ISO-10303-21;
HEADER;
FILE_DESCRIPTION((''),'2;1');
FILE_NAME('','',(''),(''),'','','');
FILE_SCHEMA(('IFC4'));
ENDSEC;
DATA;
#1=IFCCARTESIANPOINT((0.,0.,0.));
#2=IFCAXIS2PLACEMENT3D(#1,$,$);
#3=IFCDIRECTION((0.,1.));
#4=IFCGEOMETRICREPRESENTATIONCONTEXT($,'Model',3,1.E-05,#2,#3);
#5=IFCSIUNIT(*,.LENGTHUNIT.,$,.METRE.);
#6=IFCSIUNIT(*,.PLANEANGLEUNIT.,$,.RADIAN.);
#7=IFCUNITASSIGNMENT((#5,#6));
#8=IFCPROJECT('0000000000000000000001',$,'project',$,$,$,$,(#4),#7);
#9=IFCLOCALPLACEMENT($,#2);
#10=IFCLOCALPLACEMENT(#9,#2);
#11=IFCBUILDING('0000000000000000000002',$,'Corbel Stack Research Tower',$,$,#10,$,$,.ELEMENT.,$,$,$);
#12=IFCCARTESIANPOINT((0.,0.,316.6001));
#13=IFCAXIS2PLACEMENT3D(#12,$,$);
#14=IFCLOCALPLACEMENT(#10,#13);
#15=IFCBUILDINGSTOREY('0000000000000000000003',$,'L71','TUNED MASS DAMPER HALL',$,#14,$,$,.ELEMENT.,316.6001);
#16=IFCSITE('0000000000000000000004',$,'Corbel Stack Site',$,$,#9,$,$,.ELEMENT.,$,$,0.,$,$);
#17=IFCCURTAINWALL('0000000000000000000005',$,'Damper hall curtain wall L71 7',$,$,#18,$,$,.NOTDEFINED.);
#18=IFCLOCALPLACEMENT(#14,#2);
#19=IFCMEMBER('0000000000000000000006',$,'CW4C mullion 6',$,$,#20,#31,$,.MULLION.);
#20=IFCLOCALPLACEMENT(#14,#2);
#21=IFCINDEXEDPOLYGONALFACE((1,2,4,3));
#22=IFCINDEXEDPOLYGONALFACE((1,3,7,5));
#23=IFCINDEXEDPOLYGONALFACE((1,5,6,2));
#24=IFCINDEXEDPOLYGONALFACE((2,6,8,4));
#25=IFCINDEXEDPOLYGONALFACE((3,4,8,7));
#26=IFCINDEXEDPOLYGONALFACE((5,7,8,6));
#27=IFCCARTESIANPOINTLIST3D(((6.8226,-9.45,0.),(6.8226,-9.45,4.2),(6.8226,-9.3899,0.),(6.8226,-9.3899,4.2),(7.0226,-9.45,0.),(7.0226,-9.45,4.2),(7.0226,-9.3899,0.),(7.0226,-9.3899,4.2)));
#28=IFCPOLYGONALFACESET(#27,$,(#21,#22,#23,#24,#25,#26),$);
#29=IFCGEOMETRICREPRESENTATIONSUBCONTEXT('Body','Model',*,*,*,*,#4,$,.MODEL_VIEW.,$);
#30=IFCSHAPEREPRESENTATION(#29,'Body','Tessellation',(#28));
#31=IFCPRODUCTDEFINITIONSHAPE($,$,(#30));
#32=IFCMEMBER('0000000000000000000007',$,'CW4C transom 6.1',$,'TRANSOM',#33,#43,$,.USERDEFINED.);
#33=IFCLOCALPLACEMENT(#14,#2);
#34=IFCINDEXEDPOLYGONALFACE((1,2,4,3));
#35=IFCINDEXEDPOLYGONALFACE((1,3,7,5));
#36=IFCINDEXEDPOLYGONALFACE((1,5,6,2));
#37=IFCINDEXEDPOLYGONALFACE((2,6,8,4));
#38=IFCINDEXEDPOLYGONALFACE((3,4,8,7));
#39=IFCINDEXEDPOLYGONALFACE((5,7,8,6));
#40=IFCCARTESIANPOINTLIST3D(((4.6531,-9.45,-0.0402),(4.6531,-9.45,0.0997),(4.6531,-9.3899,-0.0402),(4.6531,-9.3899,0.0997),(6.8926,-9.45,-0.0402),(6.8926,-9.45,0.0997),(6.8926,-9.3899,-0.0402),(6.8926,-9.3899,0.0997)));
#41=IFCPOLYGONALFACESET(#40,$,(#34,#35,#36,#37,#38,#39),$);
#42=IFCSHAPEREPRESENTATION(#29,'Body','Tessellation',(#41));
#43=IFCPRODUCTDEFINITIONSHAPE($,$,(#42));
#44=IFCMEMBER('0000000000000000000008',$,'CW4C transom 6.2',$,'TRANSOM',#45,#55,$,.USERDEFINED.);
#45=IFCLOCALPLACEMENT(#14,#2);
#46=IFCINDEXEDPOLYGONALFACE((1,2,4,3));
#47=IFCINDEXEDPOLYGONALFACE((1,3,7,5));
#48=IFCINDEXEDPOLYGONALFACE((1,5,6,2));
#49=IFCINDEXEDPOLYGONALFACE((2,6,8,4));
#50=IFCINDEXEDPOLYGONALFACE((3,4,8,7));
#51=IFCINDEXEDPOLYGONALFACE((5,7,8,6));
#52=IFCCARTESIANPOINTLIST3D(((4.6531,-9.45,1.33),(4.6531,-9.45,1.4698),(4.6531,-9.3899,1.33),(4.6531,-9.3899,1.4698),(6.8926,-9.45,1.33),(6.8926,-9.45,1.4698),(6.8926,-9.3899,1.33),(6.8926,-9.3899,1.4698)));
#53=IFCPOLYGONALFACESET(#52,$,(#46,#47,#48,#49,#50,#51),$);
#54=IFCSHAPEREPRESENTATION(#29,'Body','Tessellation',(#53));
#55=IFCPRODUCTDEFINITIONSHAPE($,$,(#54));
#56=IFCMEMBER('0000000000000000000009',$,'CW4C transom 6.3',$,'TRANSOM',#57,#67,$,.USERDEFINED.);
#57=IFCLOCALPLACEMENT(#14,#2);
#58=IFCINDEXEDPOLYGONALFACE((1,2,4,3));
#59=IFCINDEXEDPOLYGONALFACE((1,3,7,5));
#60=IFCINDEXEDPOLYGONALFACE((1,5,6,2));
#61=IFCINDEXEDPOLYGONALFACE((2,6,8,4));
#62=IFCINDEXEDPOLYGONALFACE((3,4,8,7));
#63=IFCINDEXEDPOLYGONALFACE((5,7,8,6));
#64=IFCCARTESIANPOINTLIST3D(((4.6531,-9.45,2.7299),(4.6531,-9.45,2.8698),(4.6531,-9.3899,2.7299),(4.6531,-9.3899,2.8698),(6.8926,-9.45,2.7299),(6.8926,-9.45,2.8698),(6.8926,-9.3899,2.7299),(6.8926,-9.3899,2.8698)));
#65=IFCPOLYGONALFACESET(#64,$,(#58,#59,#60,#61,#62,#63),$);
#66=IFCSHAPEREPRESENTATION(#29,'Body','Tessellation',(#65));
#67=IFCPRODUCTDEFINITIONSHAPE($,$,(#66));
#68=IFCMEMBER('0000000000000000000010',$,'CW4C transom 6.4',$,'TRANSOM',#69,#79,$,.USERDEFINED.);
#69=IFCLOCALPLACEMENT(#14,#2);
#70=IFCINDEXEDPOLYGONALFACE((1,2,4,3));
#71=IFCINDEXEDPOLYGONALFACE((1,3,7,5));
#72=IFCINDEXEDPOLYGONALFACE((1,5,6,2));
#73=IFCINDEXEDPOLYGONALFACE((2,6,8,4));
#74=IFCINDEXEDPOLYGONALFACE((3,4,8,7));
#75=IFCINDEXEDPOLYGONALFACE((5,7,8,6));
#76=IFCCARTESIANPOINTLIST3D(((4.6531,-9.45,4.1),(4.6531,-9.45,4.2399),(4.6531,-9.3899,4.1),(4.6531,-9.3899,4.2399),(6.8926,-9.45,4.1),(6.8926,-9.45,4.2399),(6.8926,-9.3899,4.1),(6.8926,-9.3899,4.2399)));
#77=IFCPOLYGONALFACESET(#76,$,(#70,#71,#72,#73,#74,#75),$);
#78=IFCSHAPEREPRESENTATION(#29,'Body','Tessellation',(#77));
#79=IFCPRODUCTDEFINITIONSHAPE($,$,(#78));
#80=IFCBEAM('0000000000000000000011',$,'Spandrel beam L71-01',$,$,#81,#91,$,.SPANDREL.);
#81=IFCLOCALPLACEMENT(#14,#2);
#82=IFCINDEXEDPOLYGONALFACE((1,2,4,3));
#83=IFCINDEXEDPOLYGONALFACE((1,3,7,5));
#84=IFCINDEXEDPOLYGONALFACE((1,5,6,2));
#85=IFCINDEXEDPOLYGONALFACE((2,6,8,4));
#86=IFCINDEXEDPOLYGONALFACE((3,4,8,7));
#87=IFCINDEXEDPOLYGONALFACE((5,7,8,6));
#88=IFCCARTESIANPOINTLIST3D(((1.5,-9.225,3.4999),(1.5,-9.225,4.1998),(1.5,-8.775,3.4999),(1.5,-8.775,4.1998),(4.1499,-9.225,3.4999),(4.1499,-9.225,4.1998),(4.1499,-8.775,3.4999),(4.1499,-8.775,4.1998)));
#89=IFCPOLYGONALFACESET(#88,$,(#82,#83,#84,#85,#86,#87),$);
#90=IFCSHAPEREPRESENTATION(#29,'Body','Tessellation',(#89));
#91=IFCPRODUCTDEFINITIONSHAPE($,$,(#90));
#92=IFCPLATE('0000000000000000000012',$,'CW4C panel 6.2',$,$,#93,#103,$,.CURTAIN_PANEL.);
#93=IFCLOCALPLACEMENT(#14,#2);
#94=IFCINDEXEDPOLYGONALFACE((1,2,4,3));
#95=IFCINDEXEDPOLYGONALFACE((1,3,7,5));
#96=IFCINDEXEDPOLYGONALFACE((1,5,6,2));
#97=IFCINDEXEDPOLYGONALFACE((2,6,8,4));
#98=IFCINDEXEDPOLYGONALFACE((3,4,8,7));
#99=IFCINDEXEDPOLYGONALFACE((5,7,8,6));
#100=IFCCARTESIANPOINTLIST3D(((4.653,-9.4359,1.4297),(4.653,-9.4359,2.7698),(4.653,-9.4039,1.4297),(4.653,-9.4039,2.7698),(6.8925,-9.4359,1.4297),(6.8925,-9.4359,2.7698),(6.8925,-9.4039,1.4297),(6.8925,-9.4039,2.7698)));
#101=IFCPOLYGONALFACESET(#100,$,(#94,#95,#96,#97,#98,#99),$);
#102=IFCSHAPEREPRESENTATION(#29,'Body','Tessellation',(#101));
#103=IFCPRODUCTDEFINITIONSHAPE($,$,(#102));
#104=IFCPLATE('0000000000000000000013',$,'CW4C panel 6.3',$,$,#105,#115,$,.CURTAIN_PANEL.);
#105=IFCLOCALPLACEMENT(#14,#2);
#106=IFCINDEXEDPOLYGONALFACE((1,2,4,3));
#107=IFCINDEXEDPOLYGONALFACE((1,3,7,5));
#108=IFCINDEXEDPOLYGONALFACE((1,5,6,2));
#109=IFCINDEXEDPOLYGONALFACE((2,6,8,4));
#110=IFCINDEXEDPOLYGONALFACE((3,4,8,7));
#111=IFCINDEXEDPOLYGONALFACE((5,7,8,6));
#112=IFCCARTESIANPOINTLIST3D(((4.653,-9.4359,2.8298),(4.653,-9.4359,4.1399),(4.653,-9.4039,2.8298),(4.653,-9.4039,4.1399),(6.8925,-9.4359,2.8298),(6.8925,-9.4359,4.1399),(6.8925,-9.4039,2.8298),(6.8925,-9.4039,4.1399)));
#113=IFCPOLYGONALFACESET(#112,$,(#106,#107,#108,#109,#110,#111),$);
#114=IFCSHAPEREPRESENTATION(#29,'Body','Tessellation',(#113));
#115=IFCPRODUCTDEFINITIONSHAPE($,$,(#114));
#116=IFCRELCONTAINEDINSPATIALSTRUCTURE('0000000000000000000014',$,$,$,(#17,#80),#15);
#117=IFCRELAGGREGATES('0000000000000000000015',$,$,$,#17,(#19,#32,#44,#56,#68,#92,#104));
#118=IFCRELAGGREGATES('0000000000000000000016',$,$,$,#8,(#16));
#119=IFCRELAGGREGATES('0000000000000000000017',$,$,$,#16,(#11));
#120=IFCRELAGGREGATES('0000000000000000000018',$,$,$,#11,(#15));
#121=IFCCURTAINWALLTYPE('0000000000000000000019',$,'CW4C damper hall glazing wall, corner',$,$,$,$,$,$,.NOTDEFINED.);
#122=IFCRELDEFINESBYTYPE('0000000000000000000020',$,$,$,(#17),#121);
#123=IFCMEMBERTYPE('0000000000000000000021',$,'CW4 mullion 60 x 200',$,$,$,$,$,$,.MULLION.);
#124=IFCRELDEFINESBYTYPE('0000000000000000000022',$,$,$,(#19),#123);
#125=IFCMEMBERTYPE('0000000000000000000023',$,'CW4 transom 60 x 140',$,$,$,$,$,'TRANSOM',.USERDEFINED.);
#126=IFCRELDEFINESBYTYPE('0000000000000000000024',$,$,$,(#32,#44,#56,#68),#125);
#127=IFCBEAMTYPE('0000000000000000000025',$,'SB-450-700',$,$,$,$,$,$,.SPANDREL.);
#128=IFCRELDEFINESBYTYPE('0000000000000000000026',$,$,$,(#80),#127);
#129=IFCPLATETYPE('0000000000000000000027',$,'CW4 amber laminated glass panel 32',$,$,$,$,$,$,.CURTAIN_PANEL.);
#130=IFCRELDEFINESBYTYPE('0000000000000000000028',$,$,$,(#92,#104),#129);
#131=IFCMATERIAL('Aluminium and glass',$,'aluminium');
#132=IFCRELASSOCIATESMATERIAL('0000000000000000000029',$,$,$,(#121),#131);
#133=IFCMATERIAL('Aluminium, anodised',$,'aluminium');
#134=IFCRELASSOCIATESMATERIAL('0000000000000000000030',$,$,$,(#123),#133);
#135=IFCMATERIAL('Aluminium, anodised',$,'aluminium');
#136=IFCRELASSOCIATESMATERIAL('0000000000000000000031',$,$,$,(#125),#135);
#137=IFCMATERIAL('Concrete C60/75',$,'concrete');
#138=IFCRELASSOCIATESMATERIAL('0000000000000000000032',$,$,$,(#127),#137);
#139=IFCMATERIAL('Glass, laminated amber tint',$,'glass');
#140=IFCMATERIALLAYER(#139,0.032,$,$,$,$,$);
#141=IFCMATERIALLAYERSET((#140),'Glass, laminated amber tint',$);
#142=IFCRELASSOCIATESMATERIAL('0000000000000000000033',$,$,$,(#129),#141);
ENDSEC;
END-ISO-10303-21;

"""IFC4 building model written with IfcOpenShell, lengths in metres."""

from ifc_helpers import new_model, si_unit, direction, frame, origin, origin_2d, place, context, subcontext, project, spatial, rectangle, extrude, material, layer, layer_set, material_profile, profile_set, type_object, element, aggregate, save


model = new_model("IFC4")

# Units and contexts
model_context = context("Model", 3, precision=1e-05, world=origin(), true_north=direction((0.0, 1.0)))
body_context = subcontext(model_context, "Body", "Model", "MODEL_VIEW")
ifc_project = project(units=[si_unit("LENGTHUNIT", "METRE"), si_unit("PLANEANGLEUNIT", "RADIAN")], contexts=[model_context])

# Site, building, storey
site_placement = place(None, origin())
site = spatial("IfcSite", under=ifc_project, at=site_placement, Name="Corbel Stack Site", CompositionType="ELEMENT", RefElevation=0.0)
building_placement = place(site_placement, origin())
building = spatial("IfcBuilding", under=site, at=building_placement, Name="Corbel Stack Research Tower", CompositionType="ELEMENT")
storey_placement = place(building_placement, frame((0.0, 0.0, 316.6001)))
storey = spatial("IfcBuildingStorey", under=building, at=storey_placement, Name="L71", Description="TUNED MASS DAMPER HALL", CompositionType="ELEMENT", Elevation=316.6001)

# Curtain wall, members
ifc_material_1 = material(Name="Aluminium and glass", Category="aluminium")
curtain_wall_type = type_object("IfcCurtainWallType", Name="CW4C damper hall glazing wall, corner", PredefinedType="NOTDEFINED", material=ifc_material_1)
curtain_wall_placement = place(storey_placement, origin())
curtain_wall = element("IfcCurtainWall", 1, at=curtain_wall_placement, inside=storey, type_object=curtain_wall_type, Name="Damper hall curtain wall L71 7", PredefinedType="NOTDEFINED")
ifc_material_2 = material(Name="Aluminium, anodised", Category="aluminium")
ifc_material_profile_1 = material_profile(ifc_material_2, rectangle(XDim=0.0601, YDim=0.2, at=origin_2d()), Name="CW4 mullion 60 x 200")
ifc_profile_set_1 = profile_set([ifc_material_profile_1], Name="Aluminium, anodised")
member_type_1 = type_object("IfcMemberType", Name="CW4 mullion 60 x 200", PredefinedType="MULLION", material=ifc_profile_set_1)
member_1_placement = place(storey_placement, frame((6.9226, -9.4199, 0.0), z_axis=(0.0, 0.0, 1.0), x_axis=(0.0, -1.0, 0.0)))
member_1 = element("IfcMember", 2, at=member_1_placement, type_object=member_type_1, Name="CW4C mullion 6", PredefinedType="MULLION", context=body_context, shape_type="SweptSolid", body=[
    extrude(rectangle(XDim=0.0601, YDim=0.2, at=origin_2d()), origin(), (0.0, 0.0, 1.0), 4.2),
])
ifc_material_3 = material(Name="Aluminium, anodised", Category="aluminium")
ifc_material_profile_2 = material_profile(ifc_material_3, rectangle(XDim=0.0601, YDim=0.1399, at=origin_2d()), Name="CW4 transom 60 x 140")
ifc_profile_set_2 = profile_set([ifc_material_profile_2], Name="Aluminium, anodised")
member_type_2 = type_object("IfcMemberType", Name="CW4 transom 60 x 140", ElementType="TRANSOM", PredefinedType="USERDEFINED", material=ifc_profile_set_2)
member_2_placement = place(storey_placement, frame((6.8926, -9.4199, 0.0298), z_axis=(-1.0, 0.0, 0.0), x_axis=(0.0, -1.0, 0.0)))
member_2 = element("IfcMember", 3, at=member_2_placement, type_object=member_type_2, Name="CW4C transom 6.1", ObjectType="TRANSOM", PredefinedType="USERDEFINED", context=body_context, shape_type="SweptSolid", body=[
    extrude(rectangle(XDim=0.0601, YDim=0.1399, at=origin_2d()), origin(), (0.0, 0.0, 1.0), 2.2395),
])
member_3_placement = place(storey_placement, frame((6.8926, -9.4199, 1.3999), z_axis=(-1.0, 0.0, 0.0), x_axis=(0.0, -1.0, 0.0)))
member_3 = element("IfcMember", 4, at=member_3_placement, type_object=member_type_2, Name="CW4C transom 6.2", ObjectType="TRANSOM", PredefinedType="USERDEFINED", context=body_context, shape_type="SweptSolid", body=[
    extrude(rectangle(XDim=0.0601, YDim=0.1399, at=origin_2d()), origin(), (0.0, 0.0, 1.0), 2.2395),
])
member_4_placement = place(storey_placement, frame((6.8926, -9.4199, 2.7998), z_axis=(-1.0, 0.0, 0.0), x_axis=(0.0, -1.0, 0.0)))
member_4 = element("IfcMember", 5, at=member_4_placement, type_object=member_type_2, Name="CW4C transom 6.3", ObjectType="TRANSOM", PredefinedType="USERDEFINED", context=body_context, shape_type="SweptSolid", body=[
    extrude(rectangle(XDim=0.0601, YDim=0.1399, at=origin_2d()), origin(), (0.0, 0.0, 1.0), 2.2395),
])
member_5_placement = place(storey_placement, frame((6.8926, -9.4199, 4.1699), z_axis=(-1.0, 0.0, 0.0), x_axis=(0.0, -1.0, 0.0)))
member_5 = element("IfcMember", 6, at=member_5_placement, type_object=member_type_2, Name="CW4C transom 6.4", ObjectType="TRANSOM", PredefinedType="USERDEFINED", context=body_context, shape_type="SweptSolid", body=[
    extrude(rectangle(XDim=0.0601, YDim=0.1399, at=origin_2d()), origin(), (0.0, 0.0, 1.0), 2.2395),
])

# Beam
ifc_material_4 = material(Name="Concrete C60/75", Category="concrete")
ifc_material_profile_3 = material_profile(ifc_material_4, rectangle(XDim=0.45, YDim=0.7, at=origin_2d()), Name="RC 450 x 700")
ifc_profile_set_3 = profile_set([ifc_material_profile_3], Name="Concrete C60/75")
beam_type = type_object("IfcBeamType", Name="SB-450-700", PredefinedType="SPANDREL", material=ifc_profile_set_3)
beam_placement = place(storey_placement, frame((1.5, -9.0, 3.8499), z_axis=(1.0, 0.0, 0.0), x_axis=(0.0, 1.0, 0.0)))
element("IfcBeam", 7, at=beam_placement, inside=storey, type_object=beam_type, Name="Spandrel beam L71-01", PredefinedType="SPANDREL", context=body_context, shape_type="SweptSolid", body=[
    extrude(rectangle(XDim=0.45, YDim=0.7, at=origin_2d()), origin(), (0.0, 0.0, 1.0), 2.6499),
])

# Plates
ifc_material_5 = material(Name="Glass, laminated amber tint", Category="glass")
ifc_layer_1 = layer(ifc_material_5, 0.032)
ifc_layer_set_1 = layer_set([ifc_layer_1], Name="Glass, laminated amber tint")
plate_type = type_object("IfcPlateType", Name="CW4 amber laminated glass panel 32", PredefinedType="CURTAIN_PANEL", material=ifc_layer_set_1)
plate_1_placement = place(storey_placement, frame((5.7727, -9.4199, 1.4297), z_axis=(0.0, 0.0, 1.0), x_axis=(-1.0, 0.0, 0.0)))
plate_1 = element("IfcPlate", 8, at=plate_1_placement, type_object=plate_type, Name="CW4C panel 6.2", PredefinedType="CURTAIN_PANEL", context=body_context, shape_type="SweptSolid", body=[
    extrude(rectangle(XDim=2.2395, YDim=0.032, at=origin_2d()), origin(), (0.0, 0.0, 1.0), 1.3401),
])
plate_2_placement = place(storey_placement, frame((5.7727, -9.4199, 2.8298), z_axis=(0.0, 0.0, 1.0), x_axis=(-1.0, 0.0, 0.0)))
plate_2 = element("IfcPlate", 9, at=plate_2_placement, type_object=plate_type, Name="CW4C panel 6.3", PredefinedType="CURTAIN_PANEL", context=body_context, shape_type="SweptSolid", body=[
    extrude(rectangle(XDim=2.2395, YDim=0.032, at=origin_2d()), origin(), (0.0, 0.0, 1.0), 1.3101),
])
aggregate(curtain_wall, [member_1, member_2, member_3, member_4, member_5, plate_1, plate_2])

save(model, "model.ifc")
